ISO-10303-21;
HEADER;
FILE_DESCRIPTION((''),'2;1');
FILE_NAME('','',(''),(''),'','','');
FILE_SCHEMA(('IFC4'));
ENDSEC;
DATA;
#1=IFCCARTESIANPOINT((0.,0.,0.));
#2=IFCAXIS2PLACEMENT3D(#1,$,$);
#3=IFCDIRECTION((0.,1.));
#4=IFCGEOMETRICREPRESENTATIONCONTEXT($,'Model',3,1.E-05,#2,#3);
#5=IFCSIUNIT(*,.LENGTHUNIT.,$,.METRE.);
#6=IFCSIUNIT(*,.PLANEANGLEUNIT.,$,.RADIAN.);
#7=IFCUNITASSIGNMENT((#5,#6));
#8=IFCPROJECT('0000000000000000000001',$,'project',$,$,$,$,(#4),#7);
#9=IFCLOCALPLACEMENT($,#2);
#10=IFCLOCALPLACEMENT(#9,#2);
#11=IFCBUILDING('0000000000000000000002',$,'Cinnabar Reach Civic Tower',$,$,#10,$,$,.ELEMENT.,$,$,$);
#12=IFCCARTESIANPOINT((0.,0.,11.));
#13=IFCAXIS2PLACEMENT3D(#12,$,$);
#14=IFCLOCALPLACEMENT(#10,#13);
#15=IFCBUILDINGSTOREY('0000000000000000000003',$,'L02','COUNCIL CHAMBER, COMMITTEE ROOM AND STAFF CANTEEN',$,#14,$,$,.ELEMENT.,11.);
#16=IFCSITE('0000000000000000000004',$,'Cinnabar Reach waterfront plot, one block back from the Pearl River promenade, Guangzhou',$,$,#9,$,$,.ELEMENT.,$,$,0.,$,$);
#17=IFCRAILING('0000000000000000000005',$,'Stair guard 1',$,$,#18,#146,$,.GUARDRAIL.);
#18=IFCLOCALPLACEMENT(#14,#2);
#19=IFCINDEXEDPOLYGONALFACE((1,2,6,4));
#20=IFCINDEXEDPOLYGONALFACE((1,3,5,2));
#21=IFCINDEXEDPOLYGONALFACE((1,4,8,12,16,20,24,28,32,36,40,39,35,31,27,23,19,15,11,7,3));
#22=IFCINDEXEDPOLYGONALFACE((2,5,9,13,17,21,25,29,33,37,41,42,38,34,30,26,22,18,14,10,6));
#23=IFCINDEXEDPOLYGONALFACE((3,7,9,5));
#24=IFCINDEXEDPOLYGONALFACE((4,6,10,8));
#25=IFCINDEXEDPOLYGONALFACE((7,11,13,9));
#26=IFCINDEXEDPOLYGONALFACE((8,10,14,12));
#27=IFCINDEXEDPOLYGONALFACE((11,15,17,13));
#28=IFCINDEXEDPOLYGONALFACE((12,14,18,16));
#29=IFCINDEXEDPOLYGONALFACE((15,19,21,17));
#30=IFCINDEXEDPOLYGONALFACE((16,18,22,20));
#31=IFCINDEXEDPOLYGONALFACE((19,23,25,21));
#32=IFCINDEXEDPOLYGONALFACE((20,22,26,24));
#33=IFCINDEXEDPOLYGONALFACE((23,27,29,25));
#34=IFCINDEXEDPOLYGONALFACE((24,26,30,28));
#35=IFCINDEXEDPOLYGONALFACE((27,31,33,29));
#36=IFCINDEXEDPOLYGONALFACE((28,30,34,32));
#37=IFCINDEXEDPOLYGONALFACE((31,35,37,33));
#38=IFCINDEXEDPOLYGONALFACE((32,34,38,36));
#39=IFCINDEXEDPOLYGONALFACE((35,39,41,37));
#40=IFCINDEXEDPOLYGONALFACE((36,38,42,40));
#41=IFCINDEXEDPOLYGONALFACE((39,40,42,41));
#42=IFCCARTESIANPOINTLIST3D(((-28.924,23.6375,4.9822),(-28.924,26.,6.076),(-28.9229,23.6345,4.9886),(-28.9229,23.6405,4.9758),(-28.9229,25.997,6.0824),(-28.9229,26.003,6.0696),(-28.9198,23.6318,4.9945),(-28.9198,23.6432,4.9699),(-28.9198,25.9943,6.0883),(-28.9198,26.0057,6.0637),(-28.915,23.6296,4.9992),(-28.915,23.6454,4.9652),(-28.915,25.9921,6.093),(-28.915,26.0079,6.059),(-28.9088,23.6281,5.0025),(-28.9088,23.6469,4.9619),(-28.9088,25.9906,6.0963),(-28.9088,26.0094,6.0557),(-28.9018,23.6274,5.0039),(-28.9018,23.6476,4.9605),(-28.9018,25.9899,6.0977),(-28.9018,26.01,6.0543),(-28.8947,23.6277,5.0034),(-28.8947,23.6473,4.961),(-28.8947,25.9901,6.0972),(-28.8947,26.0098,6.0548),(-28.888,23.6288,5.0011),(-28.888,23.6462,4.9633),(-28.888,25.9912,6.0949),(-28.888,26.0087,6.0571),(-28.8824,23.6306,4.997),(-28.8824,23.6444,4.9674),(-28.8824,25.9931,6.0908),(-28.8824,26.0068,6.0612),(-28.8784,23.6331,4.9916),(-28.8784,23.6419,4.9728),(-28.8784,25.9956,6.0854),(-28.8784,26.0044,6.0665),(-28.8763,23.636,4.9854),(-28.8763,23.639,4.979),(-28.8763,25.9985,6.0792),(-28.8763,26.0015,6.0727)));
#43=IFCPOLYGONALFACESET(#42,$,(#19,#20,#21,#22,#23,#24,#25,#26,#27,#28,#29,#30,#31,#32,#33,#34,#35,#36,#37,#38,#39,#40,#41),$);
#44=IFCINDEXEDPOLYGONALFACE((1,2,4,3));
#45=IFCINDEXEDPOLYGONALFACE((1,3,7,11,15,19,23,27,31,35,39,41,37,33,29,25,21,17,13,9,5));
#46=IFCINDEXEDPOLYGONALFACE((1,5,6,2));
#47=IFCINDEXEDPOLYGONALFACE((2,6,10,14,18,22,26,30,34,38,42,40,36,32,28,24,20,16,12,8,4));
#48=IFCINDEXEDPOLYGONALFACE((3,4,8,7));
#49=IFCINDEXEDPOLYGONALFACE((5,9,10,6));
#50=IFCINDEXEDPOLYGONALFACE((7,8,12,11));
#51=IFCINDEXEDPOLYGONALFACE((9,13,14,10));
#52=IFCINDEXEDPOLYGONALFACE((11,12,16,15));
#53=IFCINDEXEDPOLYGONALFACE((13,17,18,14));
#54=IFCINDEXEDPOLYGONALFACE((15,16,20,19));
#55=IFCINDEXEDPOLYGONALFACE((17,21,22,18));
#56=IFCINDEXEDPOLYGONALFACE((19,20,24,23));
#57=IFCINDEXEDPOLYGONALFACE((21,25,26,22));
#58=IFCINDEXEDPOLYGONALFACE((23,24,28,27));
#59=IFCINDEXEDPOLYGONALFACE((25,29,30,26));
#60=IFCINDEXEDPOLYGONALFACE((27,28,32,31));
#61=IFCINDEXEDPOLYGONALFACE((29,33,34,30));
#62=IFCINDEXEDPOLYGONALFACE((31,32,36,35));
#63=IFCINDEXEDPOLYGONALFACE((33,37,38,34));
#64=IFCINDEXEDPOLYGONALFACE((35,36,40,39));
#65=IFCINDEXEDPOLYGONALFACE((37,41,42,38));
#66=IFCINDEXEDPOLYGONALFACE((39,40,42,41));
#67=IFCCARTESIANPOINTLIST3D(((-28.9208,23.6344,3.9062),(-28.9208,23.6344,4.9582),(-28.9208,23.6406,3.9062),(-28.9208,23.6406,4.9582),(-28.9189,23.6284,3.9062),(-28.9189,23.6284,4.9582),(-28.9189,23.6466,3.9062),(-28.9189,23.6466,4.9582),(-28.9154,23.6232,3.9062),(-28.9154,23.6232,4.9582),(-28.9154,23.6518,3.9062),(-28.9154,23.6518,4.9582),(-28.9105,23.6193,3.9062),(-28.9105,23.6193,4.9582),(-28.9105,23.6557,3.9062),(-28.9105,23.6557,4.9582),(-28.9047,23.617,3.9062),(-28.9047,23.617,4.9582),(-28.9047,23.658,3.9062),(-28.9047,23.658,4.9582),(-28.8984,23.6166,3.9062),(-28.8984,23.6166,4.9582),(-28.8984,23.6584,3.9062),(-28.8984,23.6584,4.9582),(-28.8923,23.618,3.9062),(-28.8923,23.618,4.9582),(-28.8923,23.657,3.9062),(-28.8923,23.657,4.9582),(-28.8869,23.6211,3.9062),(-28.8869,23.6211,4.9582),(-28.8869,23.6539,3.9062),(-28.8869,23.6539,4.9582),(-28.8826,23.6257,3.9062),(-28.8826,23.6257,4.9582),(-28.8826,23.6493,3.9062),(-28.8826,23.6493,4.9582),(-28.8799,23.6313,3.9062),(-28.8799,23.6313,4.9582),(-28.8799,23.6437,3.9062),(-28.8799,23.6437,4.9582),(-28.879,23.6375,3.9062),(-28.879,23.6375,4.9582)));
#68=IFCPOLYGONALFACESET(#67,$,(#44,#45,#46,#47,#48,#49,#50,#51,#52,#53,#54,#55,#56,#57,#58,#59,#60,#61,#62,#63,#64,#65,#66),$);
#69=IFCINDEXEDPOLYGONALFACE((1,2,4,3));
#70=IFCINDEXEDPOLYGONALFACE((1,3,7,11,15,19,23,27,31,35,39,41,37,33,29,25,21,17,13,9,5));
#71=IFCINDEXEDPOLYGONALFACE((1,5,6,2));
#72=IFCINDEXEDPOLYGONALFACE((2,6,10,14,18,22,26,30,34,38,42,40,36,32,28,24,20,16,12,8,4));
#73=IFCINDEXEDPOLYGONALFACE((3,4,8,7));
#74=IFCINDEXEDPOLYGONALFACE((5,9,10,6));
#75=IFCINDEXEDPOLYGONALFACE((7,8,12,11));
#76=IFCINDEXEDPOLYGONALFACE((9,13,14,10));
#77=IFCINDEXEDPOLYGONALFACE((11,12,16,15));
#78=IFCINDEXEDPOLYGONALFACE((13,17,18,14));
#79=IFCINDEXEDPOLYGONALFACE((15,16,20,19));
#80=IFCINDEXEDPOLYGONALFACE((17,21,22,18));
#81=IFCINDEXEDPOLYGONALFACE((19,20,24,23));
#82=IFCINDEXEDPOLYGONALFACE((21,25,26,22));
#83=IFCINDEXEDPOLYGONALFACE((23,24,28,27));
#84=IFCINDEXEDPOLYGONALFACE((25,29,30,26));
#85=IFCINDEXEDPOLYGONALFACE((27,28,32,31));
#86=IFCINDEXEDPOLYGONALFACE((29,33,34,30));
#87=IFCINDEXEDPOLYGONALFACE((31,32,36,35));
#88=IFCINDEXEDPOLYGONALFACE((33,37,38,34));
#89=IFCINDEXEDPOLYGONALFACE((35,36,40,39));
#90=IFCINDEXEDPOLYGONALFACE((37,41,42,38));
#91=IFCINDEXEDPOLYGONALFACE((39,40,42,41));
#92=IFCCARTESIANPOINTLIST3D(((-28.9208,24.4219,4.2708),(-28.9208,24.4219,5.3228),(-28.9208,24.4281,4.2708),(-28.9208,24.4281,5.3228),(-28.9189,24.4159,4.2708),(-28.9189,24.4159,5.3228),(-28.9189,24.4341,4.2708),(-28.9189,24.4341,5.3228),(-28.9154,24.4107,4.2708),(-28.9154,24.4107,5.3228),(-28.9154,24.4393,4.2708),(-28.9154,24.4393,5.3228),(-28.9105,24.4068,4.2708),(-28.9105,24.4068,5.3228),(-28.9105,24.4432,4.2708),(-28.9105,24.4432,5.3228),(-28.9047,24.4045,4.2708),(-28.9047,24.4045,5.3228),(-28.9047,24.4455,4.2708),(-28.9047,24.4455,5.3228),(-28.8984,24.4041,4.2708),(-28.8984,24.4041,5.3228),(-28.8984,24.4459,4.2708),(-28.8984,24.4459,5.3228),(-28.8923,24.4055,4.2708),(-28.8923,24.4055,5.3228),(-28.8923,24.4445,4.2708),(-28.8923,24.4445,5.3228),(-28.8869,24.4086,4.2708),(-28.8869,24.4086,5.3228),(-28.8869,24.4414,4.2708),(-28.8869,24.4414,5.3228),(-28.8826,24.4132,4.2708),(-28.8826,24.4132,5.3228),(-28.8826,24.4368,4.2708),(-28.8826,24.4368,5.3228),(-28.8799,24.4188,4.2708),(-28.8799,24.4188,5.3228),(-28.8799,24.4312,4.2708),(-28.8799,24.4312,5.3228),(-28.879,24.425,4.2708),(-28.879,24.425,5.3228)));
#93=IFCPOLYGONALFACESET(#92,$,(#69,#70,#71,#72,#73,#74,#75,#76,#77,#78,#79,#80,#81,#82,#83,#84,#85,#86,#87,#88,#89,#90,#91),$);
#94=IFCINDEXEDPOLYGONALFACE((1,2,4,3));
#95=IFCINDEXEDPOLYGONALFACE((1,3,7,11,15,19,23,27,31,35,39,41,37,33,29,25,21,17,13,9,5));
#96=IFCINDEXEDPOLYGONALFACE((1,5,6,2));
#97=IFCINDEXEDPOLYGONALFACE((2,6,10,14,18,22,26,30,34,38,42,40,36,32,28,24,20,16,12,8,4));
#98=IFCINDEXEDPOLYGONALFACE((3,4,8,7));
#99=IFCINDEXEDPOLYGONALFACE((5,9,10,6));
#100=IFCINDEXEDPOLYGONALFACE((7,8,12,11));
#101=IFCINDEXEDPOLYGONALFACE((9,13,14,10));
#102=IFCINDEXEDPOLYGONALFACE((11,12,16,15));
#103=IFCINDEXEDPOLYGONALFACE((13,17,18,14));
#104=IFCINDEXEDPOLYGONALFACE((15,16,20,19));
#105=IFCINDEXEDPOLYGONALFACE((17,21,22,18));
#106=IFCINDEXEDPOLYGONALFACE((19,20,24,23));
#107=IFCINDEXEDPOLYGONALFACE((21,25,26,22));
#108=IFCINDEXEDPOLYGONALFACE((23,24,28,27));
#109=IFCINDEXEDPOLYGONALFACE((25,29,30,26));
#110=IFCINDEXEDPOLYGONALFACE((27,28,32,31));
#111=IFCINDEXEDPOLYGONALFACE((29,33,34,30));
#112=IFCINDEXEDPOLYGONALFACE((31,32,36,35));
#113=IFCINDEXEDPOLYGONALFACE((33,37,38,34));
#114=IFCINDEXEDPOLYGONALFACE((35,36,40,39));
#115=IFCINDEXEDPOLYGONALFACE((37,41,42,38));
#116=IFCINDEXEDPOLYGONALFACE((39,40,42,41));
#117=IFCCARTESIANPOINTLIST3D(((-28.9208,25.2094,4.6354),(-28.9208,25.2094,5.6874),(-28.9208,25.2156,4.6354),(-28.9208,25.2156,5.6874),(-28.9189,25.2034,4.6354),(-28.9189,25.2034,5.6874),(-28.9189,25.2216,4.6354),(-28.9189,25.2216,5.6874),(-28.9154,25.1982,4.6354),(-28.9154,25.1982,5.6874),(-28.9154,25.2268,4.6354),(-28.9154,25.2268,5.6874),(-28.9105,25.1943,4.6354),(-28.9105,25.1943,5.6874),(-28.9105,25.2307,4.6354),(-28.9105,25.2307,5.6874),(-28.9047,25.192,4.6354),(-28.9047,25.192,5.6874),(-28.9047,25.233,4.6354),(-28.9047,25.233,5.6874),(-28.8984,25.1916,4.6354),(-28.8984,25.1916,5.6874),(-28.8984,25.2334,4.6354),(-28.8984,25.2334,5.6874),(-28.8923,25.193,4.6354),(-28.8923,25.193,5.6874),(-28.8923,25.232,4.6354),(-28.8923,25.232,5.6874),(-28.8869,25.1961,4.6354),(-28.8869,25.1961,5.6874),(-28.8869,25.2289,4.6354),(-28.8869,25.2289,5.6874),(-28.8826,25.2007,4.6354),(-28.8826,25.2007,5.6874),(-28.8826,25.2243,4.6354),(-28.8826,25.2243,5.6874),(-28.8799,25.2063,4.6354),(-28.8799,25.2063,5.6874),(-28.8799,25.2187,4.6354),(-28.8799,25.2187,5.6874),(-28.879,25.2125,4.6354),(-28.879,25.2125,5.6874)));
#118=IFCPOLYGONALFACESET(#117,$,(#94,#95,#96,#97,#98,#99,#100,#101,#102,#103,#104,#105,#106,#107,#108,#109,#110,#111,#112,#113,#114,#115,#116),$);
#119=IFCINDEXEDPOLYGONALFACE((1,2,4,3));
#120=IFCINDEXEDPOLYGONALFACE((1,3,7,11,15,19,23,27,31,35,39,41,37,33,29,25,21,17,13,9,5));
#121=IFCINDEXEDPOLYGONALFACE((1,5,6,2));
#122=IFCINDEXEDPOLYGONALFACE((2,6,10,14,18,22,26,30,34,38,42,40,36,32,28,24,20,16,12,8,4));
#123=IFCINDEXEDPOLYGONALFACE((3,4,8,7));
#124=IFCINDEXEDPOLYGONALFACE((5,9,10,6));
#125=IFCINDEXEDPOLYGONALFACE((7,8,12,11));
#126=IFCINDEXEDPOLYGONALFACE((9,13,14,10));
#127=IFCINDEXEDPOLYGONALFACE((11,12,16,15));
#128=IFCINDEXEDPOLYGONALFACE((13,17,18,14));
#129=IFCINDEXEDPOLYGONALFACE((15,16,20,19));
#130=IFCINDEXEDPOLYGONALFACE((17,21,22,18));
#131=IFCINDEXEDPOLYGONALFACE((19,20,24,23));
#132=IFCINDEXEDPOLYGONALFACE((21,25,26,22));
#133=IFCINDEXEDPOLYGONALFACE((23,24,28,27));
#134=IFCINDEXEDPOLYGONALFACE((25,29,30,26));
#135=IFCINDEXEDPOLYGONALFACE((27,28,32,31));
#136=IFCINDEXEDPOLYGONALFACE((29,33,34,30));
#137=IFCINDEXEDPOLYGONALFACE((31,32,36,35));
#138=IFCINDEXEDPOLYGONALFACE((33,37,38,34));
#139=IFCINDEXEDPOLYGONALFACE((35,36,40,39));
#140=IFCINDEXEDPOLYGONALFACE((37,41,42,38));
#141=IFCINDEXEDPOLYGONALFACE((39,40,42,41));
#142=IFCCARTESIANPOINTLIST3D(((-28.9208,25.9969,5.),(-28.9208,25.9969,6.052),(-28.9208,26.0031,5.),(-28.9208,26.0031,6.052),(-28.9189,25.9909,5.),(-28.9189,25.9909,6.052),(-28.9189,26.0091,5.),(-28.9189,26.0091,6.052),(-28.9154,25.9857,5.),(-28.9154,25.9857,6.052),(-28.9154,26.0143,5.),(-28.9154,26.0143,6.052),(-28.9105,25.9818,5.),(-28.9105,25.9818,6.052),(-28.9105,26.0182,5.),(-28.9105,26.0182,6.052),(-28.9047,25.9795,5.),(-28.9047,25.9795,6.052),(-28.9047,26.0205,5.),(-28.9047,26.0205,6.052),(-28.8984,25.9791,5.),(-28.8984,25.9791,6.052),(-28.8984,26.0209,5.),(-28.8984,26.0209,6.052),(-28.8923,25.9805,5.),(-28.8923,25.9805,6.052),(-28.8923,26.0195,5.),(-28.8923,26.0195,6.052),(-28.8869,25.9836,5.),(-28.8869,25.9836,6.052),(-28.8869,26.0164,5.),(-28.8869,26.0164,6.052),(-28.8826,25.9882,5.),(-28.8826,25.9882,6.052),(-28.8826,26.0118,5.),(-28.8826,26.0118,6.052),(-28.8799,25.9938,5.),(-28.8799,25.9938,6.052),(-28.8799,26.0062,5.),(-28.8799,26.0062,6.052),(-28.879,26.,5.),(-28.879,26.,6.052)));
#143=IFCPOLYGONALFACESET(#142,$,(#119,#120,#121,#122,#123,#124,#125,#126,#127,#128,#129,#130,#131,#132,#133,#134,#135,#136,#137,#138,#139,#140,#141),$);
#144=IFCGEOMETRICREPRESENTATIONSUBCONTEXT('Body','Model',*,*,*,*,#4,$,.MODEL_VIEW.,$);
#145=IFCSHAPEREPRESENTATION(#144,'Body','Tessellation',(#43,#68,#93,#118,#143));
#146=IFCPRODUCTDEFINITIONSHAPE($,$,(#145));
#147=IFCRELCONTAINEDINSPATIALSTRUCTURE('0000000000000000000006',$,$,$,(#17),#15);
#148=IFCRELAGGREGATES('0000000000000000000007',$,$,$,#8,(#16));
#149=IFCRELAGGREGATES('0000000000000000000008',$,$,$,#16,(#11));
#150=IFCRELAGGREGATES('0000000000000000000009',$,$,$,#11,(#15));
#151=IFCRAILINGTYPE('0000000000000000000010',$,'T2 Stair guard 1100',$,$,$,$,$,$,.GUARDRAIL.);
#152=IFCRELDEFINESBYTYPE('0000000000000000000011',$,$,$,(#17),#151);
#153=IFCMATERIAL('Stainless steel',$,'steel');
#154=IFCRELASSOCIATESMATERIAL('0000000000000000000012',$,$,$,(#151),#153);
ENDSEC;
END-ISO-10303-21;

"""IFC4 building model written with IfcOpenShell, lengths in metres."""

from ifc_helpers import new_model, si_unit, direction, frame, origin, origin_2d, place, context, subcontext, project, spatial, circle, extrude, material, type_object, element, save


model = new_model("IFC4")

# Units and contexts
model_context = context("Model", 3, precision=1e-05, world=origin(), true_north=direction((0.0, 1.0)))
body_context = subcontext(model_context, "Body", "Model", "MODEL_VIEW")
ifc_project = project(units=[si_unit("LENGTHUNIT", "METRE"), si_unit("PLANEANGLEUNIT", "RADIAN")], contexts=[model_context])

# Site, building, storey
site_placement = place(None, origin())
site = spatial("IfcSite", under=ifc_project, at=site_placement, Name="Cinnabar Reach waterfront plot, one block back from the Pearl River promenade, Guangzhou", CompositionType="ELEMENT", RefElevation=0.0)
building_placement = place(site_placement, origin())
building = spatial("IfcBuilding", under=site, at=building_placement, Name="Cinnabar Reach Civic Tower", CompositionType="ELEMENT")
storey_placement = place(building_placement, frame((0.0, 0.0, 11.0)))
storey = spatial("IfcBuildingStorey", under=building, at=storey_placement, Name="L02", Description="COUNCIL CHAMBER, COMMITTEE ROOM AND STAFF CANTEEN", CompositionType="ELEMENT", Elevation=11.0)

# Railing
ifc_material_1 = material(Name="Stainless steel", Category="steel")
railing_type = type_object("IfcRailingType", Name="T2 Stair guard 1100", PredefinedType="GUARDRAIL", material=ifc_material_1)
railing_1_placement = place(storey_placement, frame((-28.9, 23.6375, 3.9062)))
element("IfcRailing", 1, at=railing_1_placement, inside=storey, type_object=railing_type, Name="Stair guard 1", PredefinedType="GUARDRAIL", context=body_context, shape_type="SweptSolid", body=[
    extrude(circle(Radius=0.024, at=origin_2d()), frame((0.0, 0.0, 1.076), z_axis=(0.0, 0.90746, 0.420139), x_axis=(-1.0, 0.0, 0.0)), (0.0, 0.0, 1.0), 2.6034),
    extrude(circle(Radius=0.021, at=origin_2d()), origin(), (0.0, 0.0, 1.0), 1.052),
    extrude(circle(Radius=0.021, at=origin_2d()), frame((0.0, 0.7875, 0.3646)), (0.0, 0.0, 1.0), 1.052),
    extrude(circle(Radius=0.021, at=origin_2d()), frame((0.0, 1.575, 0.7292)), (0.0, 0.0, 1.0), 1.052),
    extrude(circle(Radius=0.021, at=origin_2d()), frame((0.0, 2.3625, 1.0938)), (0.0, 0.0, 1.0), 1.052),
])

save(model, "model.ifc")
